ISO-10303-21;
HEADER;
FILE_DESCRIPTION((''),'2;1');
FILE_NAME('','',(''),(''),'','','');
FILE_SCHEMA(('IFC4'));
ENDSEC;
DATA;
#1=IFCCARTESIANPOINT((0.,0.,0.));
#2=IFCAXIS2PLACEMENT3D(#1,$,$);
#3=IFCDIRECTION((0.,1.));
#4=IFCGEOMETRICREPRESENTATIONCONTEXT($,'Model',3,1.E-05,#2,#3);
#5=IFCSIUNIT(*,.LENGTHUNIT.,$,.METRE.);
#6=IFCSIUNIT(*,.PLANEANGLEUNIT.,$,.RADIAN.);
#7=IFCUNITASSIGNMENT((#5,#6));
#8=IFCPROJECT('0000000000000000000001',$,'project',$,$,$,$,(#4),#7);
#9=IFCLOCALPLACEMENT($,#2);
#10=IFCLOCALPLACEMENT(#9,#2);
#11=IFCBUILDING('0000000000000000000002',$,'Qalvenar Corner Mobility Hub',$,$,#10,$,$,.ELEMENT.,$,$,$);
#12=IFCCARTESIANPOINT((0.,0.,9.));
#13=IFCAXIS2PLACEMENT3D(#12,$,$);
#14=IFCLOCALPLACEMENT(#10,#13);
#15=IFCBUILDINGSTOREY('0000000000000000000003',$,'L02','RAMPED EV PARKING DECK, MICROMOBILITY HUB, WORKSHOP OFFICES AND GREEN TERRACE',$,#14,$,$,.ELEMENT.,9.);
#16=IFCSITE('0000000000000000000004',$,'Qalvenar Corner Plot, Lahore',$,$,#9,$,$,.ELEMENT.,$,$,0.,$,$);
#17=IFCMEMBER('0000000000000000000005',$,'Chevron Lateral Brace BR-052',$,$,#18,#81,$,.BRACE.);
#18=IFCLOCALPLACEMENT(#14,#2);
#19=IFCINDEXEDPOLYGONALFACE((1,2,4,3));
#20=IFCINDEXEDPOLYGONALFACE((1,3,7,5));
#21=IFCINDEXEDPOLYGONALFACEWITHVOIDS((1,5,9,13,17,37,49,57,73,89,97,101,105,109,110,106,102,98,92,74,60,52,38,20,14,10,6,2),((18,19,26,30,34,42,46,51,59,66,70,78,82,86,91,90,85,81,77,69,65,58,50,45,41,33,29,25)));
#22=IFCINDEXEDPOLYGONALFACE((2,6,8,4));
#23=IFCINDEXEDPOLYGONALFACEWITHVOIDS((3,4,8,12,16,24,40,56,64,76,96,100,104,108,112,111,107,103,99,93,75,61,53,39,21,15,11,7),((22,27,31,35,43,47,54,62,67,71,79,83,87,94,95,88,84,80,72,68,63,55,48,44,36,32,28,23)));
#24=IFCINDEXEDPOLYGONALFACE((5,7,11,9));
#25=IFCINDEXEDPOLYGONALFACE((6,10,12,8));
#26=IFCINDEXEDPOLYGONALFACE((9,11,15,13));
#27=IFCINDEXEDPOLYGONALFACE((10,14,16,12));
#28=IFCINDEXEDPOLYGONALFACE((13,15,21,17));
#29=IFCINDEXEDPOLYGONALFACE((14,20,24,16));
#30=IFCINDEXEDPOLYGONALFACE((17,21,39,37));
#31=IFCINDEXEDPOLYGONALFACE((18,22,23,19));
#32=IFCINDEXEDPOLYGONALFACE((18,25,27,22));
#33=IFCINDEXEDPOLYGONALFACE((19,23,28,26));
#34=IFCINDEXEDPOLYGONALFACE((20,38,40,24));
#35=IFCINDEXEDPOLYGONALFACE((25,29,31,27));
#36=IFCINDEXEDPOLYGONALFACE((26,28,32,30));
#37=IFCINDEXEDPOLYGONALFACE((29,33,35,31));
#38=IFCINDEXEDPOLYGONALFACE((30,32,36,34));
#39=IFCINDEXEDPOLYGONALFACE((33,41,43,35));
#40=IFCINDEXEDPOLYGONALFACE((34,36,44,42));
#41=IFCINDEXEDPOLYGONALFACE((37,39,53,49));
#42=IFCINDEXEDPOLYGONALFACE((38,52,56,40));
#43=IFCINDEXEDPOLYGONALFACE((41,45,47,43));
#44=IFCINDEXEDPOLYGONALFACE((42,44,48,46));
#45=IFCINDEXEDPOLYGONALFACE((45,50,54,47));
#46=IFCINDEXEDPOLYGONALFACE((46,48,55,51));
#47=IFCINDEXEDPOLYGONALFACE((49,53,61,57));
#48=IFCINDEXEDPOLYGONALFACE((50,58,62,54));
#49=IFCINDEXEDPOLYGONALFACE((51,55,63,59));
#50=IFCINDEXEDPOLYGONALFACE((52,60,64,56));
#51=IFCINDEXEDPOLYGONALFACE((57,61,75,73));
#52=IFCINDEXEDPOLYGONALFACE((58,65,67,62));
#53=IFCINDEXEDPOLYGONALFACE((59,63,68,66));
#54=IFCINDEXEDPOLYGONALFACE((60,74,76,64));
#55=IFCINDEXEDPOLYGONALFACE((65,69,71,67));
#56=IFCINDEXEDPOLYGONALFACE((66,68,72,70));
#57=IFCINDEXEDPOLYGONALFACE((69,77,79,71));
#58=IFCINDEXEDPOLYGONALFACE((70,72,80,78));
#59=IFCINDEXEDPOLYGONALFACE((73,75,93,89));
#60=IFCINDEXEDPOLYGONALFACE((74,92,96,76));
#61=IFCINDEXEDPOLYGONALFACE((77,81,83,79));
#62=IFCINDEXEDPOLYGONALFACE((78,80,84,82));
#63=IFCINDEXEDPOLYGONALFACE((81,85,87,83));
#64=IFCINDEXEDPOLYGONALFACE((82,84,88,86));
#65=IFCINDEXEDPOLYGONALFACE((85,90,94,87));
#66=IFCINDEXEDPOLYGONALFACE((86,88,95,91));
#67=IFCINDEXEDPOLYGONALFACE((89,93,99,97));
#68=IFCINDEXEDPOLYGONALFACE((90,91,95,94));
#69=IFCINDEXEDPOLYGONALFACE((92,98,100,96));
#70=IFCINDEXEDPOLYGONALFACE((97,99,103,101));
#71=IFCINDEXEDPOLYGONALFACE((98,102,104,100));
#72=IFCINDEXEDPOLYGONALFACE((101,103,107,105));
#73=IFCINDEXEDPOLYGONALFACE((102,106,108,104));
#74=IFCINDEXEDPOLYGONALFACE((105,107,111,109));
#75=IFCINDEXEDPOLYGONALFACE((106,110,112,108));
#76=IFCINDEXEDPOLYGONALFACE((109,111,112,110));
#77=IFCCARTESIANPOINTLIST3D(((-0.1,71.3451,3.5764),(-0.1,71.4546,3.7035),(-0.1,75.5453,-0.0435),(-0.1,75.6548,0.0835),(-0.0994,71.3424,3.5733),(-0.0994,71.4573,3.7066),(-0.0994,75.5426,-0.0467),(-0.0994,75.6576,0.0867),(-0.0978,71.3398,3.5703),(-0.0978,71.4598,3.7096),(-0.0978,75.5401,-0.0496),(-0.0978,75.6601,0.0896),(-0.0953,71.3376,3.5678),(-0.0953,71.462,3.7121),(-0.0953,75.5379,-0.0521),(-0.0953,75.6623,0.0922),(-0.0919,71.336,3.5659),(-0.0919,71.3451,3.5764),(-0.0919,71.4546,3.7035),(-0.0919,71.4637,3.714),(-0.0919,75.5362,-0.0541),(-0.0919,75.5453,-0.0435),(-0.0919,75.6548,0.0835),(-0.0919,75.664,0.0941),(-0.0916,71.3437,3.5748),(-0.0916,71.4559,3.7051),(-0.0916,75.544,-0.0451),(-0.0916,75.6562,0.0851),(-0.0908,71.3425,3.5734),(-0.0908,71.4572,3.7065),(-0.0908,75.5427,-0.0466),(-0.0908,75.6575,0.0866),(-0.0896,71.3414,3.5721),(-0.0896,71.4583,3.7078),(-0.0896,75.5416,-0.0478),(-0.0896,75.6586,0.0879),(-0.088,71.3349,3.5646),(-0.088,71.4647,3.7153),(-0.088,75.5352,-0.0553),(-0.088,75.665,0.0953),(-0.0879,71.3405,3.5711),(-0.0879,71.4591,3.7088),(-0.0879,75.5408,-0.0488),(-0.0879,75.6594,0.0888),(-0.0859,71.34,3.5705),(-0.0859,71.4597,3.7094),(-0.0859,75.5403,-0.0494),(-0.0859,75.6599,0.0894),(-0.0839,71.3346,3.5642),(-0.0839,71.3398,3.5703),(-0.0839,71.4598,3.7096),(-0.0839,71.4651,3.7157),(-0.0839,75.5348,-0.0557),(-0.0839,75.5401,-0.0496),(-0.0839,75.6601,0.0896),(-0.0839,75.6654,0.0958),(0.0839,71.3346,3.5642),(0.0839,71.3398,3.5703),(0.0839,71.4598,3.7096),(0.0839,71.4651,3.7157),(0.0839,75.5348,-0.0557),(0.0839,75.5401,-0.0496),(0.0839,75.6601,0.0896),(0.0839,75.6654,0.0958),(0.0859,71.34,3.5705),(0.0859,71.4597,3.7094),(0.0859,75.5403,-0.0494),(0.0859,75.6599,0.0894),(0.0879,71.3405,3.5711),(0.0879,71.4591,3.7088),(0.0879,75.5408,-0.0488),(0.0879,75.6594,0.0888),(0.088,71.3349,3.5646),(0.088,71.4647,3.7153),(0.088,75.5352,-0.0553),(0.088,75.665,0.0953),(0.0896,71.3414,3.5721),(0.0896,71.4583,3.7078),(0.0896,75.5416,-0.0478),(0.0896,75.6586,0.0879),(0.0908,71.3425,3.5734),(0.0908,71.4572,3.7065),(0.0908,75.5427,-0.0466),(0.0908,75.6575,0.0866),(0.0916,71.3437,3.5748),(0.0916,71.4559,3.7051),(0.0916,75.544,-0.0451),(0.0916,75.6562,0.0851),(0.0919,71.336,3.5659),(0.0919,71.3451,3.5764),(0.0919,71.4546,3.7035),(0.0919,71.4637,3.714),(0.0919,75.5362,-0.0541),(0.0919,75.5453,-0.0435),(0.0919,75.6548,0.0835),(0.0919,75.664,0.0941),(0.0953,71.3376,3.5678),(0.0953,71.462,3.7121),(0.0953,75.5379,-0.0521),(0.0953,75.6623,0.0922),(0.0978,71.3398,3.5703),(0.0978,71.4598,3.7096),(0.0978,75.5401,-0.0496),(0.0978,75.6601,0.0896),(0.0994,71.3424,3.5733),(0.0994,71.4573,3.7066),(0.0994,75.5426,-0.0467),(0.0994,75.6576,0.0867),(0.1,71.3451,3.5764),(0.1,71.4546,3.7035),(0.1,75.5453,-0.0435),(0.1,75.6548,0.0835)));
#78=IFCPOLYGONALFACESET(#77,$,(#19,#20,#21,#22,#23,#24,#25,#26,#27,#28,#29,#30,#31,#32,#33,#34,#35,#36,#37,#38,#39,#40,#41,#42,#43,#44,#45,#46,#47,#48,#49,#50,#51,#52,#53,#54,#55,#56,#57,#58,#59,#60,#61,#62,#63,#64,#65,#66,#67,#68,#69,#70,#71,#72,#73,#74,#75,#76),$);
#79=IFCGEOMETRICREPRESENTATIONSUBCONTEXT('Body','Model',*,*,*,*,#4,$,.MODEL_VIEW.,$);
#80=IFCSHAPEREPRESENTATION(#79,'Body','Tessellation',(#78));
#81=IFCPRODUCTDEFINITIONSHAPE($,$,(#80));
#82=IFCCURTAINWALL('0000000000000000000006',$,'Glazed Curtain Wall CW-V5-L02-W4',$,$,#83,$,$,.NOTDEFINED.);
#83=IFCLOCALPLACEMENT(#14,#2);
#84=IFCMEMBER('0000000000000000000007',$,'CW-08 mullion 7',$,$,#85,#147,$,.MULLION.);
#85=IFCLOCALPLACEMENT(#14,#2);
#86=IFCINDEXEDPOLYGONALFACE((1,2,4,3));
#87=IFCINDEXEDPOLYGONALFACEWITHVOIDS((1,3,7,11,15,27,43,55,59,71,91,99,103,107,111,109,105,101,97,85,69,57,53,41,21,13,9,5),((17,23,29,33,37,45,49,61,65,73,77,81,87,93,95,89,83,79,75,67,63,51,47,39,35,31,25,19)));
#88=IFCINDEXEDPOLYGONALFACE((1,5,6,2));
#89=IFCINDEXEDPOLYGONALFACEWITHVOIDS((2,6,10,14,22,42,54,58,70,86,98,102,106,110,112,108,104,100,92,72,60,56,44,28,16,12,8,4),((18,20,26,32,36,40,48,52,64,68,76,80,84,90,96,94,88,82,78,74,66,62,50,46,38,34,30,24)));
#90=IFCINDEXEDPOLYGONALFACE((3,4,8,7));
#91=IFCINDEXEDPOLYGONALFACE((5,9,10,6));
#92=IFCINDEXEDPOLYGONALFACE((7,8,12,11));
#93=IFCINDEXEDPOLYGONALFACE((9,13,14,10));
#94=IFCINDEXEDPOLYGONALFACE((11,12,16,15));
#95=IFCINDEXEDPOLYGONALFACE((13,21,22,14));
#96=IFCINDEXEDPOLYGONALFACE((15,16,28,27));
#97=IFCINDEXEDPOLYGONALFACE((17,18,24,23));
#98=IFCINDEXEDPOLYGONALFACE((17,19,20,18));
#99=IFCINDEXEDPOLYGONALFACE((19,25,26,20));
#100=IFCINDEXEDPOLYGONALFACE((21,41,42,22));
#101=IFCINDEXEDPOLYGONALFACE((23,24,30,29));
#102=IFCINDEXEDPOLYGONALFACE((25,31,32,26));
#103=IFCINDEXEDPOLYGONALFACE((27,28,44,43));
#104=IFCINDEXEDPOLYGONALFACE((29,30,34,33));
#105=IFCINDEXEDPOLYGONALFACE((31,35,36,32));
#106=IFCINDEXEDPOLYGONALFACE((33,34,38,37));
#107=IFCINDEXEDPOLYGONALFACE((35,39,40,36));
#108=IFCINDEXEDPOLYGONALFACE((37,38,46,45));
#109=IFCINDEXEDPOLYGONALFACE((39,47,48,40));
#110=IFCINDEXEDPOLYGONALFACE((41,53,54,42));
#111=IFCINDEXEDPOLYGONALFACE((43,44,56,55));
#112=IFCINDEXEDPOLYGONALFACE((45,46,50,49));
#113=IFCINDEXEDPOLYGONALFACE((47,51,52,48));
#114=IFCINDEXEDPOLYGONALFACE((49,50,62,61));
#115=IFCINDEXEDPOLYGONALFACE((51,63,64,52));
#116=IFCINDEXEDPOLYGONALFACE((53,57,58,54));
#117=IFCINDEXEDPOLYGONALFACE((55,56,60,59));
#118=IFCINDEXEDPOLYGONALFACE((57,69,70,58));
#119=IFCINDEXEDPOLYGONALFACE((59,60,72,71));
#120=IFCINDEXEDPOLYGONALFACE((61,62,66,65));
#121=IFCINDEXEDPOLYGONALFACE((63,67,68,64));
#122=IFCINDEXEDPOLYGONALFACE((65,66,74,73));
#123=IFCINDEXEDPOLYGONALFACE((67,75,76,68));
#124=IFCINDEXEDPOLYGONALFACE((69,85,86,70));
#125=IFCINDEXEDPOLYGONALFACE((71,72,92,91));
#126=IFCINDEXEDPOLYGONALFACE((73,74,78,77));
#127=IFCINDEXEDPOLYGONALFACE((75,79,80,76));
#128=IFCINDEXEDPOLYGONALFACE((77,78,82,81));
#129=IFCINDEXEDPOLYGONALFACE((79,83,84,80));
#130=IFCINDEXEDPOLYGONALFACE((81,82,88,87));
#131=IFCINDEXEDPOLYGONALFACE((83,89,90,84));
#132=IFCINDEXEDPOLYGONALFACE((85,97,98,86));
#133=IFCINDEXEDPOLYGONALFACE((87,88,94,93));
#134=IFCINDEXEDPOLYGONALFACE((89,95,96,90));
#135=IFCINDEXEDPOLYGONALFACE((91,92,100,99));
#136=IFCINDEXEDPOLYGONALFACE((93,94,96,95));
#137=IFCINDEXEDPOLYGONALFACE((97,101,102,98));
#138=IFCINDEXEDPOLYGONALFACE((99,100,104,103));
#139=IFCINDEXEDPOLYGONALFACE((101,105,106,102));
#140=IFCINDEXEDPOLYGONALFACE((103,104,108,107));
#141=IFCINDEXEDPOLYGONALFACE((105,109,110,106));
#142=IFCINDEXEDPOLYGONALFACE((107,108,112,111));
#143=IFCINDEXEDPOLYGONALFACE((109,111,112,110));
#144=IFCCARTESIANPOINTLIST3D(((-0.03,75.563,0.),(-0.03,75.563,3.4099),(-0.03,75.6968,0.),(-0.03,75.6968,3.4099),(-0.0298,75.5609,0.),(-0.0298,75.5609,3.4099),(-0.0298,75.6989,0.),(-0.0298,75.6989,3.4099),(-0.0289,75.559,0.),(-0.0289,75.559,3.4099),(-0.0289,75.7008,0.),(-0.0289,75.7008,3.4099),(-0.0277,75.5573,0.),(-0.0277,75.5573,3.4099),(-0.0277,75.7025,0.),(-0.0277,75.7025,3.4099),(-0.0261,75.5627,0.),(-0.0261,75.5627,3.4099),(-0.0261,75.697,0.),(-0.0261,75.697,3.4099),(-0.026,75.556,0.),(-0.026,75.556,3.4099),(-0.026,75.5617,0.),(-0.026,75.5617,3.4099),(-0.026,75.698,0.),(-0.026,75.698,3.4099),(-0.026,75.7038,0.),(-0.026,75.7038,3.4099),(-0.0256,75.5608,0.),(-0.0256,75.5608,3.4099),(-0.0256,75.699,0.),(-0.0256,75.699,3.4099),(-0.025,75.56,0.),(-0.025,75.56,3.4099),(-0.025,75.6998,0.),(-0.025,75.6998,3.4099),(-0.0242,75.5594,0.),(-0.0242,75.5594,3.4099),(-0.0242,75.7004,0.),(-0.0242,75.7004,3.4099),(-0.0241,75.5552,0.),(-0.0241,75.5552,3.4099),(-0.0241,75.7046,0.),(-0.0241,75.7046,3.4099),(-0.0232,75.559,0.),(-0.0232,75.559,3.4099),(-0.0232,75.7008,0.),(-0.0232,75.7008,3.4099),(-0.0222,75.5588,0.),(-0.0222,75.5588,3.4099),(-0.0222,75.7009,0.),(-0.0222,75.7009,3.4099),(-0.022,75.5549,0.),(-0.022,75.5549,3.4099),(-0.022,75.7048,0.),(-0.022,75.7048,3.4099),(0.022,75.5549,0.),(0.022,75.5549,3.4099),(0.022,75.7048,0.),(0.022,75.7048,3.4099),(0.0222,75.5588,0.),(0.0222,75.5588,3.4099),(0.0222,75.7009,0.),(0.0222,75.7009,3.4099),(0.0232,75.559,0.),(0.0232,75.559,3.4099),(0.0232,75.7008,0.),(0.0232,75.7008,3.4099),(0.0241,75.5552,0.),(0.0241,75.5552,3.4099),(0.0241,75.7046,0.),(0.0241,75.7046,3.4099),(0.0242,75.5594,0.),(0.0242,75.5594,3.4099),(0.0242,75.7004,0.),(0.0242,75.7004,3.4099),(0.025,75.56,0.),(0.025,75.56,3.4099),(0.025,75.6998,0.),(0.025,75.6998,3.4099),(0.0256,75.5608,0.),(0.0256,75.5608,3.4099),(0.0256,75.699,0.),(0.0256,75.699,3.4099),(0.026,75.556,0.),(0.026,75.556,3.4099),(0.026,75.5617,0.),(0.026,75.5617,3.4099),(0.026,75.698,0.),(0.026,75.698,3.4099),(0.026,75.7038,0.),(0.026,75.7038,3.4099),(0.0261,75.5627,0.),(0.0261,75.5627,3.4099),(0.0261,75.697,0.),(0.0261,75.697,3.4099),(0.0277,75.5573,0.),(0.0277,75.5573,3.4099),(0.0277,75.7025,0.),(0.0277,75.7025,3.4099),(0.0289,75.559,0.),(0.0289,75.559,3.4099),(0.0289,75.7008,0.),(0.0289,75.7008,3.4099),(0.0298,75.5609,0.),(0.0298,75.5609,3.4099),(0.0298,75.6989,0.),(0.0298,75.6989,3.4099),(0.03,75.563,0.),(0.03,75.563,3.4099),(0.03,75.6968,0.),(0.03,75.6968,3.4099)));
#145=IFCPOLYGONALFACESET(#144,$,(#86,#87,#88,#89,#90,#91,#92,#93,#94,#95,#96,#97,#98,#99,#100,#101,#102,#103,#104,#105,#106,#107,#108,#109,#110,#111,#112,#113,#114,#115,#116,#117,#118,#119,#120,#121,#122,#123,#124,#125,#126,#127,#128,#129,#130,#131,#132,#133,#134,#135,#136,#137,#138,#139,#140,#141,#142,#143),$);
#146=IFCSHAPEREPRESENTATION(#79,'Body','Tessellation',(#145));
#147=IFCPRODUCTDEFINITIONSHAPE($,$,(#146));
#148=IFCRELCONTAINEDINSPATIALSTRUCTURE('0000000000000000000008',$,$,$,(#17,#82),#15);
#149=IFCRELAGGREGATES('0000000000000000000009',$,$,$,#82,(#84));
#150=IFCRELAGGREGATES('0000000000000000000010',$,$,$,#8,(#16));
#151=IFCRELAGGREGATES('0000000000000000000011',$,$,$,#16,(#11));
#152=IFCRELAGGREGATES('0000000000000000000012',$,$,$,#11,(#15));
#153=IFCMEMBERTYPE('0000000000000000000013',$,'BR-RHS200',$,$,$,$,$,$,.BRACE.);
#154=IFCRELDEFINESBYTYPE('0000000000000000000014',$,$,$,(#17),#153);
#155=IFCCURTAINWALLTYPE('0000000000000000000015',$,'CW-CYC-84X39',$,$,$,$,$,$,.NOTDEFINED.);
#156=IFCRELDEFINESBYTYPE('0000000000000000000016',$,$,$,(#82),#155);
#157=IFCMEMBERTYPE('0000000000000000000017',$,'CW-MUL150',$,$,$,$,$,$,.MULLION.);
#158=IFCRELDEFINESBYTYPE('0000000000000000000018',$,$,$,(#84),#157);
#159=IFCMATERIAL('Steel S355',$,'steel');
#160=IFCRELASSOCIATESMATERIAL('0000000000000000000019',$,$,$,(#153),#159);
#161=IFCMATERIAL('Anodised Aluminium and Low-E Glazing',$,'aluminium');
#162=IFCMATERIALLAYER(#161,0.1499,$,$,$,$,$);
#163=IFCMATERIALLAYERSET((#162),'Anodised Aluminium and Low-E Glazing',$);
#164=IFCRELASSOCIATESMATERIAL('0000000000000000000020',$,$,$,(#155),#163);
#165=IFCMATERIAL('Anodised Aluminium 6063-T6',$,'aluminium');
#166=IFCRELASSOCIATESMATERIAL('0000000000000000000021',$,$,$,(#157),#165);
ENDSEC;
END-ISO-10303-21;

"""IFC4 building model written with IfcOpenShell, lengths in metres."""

from ifc_helpers import new_model, si_unit, direction, frame, origin, origin_2d, place, context, subcontext, project, spatial, hollow_rectangle, extrude, material, layer, layer_set, material_profile, profile_set, type_object, element, aggregate, save


model = new_model("IFC4")

# Units and contexts
model_context = context("Model", 3, precision=1e-05, world=origin(), true_north=direction((0.0, 1.0)))
body_context = subcontext(model_context, "Body", "Model", "MODEL_VIEW")
ifc_project = project(units=[si_unit("LENGTHUNIT", "METRE"), si_unit("PLANEANGLEUNIT", "RADIAN")], contexts=[model_context])

# Site, building, storey
site_placement = place(None, origin())
site = spatial("IfcSite", under=ifc_project, at=site_placement, Name="Qalvenar Corner Plot, Lahore", CompositionType="ELEMENT", RefElevation=0.0)
building_placement = place(site_placement, origin())
building = spatial("IfcBuilding", under=site, at=building_placement, Name="Qalvenar Corner Mobility Hub", CompositionType="ELEMENT")
storey_placement = place(building_placement, frame((0.0, 0.0, 9.0)))
storey = spatial("IfcBuildingStorey", under=building, at=storey_placement, Name="L02", Description="RAMPED EV PARKING DECK, MICROMOBILITY HUB, WORKSHOP OFFICES AND GREEN TERRACE", CompositionType="ELEMENT", Elevation=9.0)

# Shared definitions
ifc_material_1 = material(Name="Steel S355", Category="steel")

# Member
ifc_material_profile_1 = material_profile(ifc_material_1, hollow_rectangle(XDim=0.2, YDim=0.2, WallThickness=0.0081, InnerFilletRadius=0.0081, OuterFilletRadius=0.0161, at=origin_2d()), Name="SHS200x200x8")
ifc_profile_set_1 = profile_set([ifc_material_profile_1], Name="Steel S355")
member_type_1 = type_object("IfcMemberType", Name="BR-RHS200", PredefinedType="BRACE", material=ifc_profile_set_1)
member_1_placement = place(storey_placement, frame((0.0, 75.6001, 0.02), z_axis=(0.0, -0.757498, 0.652838), x_axis=(1.0, 0.0, 0.0)))
element("IfcMember", 1, at=member_1_placement, inside=storey, type_object=member_type_1, Name="Chevron Lateral Brace BR-052", PredefinedType="BRACE", context=body_context, shape_type="SweptSolid", body=[
    extrude(hollow_rectangle(XDim=0.2, YDim=0.2, WallThickness=0.0081, InnerFilletRadius=0.0081, OuterFilletRadius=0.0161, at=origin_2d()), origin(), (0.0, 0.0, 1.0), 5.5449),
])

# Curtain wall, member
ifc_material_2 = material(Name="Anodised Aluminium and Low-E Glazing", Category="aluminium")
ifc_layer_1 = layer(ifc_material_2, 0.1499)
ifc_layer_set_1 = layer_set([ifc_layer_1], Name="Anodised Aluminium and Low-E Glazing")
curtain_wall_type = type_object("IfcCurtainWallType", Name="CW-CYC-84X39", PredefinedType="NOTDEFINED", material=ifc_layer_set_1)
curtain_wall_placement = place(storey_placement, origin())
curtain_wall = element("IfcCurtainWall", 2, at=curtain_wall_placement, inside=storey, type_object=curtain_wall_type, Name="Glazed Curtain Wall CW-V5-L02-W4", PredefinedType="NOTDEFINED")
ifc_material_3 = material(Name="Anodised Aluminium 6063-T6", Category="aluminium")
ifc_material_profile_2 = material_profile(ifc_material_3, hollow_rectangle(XDim=0.0601, YDim=0.1499, WallThickness=0.0039, InnerFilletRadius=0.0039, OuterFilletRadius=0.0081, at=origin_2d()), Name="RHS150x60x4")
ifc_profile_set_2 = profile_set([ifc_material_profile_2], Name="Anodised Aluminium 6063-T6")
member_type_2 = type_object("IfcMemberType", Name="CW-MUL150", PredefinedType="MULLION", material=ifc_profile_set_2)
member_2_placement = place(storey_placement, frame((0.0, 75.6299, 0.0), z_axis=(0.0, 0.0, 1.0), x_axis=(1.0, 0.0, 0.0)))
member_2 = element("IfcMember", 3, at=member_2_placement, type_object=member_type_2, Name="CW-08 mullion 7", PredefinedType="MULLION", context=body_context, shape_type="SweptSolid", body=[
    extrude(hollow_rectangle(XDim=0.0601, YDim=0.1499, WallThickness=0.0039, InnerFilletRadius=0.0039, OuterFilletRadius=0.0081, at=origin_2d()), origin(), (0.0, 0.0, 1.0), 3.4099),
])

aggregate(curtain_wall, [member_2])

save(model, "model.ifc")
